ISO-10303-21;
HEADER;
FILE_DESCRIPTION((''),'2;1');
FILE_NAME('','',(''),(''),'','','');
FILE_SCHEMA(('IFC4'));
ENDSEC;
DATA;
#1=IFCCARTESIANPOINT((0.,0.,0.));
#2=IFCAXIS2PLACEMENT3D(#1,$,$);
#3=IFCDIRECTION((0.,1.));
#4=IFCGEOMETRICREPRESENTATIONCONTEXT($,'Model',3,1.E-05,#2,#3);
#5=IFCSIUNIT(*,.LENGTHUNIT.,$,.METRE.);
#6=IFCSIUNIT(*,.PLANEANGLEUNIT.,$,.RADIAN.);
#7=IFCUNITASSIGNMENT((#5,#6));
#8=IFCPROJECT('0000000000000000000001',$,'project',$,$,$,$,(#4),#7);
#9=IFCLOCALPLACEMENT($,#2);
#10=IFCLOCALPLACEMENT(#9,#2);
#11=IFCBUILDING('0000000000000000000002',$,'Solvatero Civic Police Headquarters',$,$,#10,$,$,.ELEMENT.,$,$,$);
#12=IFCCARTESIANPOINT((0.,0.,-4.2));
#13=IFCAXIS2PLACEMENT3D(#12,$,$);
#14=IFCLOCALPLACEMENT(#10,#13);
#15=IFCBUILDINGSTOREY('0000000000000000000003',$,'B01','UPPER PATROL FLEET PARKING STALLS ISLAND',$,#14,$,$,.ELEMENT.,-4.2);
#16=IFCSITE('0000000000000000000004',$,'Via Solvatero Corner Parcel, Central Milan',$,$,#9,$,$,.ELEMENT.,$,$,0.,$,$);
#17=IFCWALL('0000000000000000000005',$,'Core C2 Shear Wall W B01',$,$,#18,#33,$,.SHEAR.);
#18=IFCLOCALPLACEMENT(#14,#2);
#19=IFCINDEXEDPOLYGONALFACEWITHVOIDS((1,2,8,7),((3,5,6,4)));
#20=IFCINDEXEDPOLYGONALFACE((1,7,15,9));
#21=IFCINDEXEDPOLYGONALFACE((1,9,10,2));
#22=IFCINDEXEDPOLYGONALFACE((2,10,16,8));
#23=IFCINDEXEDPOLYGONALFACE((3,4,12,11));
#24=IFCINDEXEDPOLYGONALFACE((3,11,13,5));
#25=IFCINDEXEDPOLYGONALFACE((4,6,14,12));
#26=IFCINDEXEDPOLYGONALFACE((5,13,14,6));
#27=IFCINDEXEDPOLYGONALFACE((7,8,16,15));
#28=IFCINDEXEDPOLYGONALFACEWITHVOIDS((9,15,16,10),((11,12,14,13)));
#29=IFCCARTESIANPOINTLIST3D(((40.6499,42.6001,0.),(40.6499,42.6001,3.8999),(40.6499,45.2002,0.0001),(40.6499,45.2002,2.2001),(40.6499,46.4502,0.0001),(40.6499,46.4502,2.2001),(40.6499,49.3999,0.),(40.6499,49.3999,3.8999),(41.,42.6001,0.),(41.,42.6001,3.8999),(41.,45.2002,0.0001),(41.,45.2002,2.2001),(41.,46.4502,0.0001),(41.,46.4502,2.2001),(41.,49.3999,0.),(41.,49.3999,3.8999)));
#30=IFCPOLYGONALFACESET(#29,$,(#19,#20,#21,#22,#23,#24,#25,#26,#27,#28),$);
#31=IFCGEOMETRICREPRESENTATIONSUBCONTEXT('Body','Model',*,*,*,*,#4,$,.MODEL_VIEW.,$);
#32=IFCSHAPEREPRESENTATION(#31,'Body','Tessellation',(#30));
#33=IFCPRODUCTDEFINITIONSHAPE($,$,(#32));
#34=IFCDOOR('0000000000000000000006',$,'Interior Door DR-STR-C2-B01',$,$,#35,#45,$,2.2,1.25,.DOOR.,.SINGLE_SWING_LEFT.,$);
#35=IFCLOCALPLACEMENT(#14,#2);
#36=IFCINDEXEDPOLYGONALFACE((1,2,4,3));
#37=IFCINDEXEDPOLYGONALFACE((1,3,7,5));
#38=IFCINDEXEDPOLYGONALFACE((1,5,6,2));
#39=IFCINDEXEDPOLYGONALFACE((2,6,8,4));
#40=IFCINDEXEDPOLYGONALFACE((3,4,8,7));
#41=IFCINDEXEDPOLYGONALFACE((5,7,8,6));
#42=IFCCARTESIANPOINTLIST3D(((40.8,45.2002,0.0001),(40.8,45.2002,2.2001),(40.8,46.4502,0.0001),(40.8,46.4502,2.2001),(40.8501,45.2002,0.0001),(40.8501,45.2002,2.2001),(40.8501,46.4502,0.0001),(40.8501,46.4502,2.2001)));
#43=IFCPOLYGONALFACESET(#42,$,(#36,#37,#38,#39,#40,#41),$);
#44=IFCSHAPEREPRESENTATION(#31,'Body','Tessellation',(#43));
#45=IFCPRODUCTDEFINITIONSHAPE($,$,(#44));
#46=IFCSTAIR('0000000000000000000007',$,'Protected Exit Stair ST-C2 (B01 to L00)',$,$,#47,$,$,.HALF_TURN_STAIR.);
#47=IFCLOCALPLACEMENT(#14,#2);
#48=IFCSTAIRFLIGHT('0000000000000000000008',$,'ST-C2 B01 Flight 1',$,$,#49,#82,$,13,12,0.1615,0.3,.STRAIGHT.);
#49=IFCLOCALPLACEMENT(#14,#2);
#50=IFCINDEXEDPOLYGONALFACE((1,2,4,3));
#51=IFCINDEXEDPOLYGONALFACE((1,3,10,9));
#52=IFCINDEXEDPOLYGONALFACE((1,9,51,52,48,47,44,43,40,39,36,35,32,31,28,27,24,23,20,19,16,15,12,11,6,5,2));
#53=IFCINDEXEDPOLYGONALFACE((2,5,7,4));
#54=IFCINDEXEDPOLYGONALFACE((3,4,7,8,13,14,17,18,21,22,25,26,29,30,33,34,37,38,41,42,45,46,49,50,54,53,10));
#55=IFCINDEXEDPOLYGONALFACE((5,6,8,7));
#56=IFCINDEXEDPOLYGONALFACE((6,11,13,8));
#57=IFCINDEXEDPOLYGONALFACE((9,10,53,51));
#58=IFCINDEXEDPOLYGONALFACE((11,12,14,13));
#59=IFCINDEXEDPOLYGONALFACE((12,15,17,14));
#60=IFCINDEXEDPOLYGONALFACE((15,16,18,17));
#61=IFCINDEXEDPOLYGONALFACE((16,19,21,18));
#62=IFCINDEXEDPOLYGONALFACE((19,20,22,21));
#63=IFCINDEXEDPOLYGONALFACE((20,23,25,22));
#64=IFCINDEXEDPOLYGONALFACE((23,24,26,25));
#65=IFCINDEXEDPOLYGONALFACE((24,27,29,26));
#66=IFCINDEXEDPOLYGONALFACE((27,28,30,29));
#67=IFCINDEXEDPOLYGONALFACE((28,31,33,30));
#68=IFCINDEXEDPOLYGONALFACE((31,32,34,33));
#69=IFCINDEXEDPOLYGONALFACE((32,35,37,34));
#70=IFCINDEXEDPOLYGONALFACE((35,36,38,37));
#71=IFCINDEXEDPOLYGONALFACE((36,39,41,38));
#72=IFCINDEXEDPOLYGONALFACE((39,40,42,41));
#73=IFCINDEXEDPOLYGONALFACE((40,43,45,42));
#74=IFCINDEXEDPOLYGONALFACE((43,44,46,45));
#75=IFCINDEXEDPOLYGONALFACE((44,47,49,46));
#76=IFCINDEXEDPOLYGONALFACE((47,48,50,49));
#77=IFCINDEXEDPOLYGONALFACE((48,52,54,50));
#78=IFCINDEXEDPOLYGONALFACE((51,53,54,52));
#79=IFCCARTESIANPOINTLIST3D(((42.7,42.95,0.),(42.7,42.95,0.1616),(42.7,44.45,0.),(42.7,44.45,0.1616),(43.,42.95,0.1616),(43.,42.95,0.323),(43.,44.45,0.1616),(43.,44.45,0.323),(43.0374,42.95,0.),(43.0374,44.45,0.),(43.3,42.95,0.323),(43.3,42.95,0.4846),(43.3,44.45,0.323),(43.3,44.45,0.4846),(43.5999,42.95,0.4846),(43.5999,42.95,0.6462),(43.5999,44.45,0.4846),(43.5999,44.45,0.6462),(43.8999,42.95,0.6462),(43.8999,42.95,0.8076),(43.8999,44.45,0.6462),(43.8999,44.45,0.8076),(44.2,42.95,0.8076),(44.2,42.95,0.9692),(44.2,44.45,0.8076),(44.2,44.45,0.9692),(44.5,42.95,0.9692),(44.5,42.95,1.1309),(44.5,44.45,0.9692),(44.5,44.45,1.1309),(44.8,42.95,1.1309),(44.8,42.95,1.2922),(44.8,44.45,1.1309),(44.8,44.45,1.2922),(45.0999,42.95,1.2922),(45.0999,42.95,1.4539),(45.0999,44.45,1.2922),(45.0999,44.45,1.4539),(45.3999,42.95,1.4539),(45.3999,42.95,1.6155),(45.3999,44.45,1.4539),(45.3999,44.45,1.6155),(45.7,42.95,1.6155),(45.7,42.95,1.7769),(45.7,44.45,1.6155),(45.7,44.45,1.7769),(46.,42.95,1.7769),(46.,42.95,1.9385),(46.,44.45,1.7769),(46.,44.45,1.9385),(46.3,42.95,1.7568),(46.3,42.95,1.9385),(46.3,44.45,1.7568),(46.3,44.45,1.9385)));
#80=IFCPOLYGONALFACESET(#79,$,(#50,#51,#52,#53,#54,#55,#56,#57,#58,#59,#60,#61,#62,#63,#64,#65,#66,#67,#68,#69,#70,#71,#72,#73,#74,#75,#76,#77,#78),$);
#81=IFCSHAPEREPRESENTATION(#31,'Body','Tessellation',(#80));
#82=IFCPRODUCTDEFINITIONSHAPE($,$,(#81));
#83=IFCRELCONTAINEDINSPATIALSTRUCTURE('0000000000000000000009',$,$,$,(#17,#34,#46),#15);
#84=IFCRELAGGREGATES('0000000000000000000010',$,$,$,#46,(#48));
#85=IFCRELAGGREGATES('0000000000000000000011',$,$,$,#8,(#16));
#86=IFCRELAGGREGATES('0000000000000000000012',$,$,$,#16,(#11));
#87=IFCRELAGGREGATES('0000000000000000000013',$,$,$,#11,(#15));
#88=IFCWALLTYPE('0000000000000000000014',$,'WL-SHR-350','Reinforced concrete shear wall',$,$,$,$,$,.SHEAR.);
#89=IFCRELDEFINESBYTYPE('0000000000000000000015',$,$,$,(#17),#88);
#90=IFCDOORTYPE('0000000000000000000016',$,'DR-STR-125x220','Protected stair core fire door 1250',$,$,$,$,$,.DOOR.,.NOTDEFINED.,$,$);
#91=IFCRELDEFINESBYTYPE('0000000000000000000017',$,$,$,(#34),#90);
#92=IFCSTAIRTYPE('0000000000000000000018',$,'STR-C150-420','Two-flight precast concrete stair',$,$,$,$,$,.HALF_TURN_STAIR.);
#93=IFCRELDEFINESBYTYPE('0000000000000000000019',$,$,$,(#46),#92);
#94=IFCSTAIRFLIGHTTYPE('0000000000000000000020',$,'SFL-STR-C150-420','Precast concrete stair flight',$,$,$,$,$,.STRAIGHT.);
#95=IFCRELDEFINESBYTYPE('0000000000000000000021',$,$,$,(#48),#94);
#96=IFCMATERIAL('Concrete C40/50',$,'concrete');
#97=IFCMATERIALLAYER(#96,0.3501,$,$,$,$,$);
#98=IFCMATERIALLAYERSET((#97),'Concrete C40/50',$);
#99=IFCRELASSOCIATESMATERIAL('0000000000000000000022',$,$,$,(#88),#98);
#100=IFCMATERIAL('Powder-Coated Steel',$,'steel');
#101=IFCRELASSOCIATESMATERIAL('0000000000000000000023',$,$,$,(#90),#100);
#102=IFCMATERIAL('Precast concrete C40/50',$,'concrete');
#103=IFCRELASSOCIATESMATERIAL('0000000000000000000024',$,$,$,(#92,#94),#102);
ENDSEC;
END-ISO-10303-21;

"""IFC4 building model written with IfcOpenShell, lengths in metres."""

from ifc_helpers import new_model, si_unit, direction, frame, frame_2d, origin, place, context, subcontext, project, spatial, polyline, rectangle, outline, extrude, material, layer, layer_set, type_object, element, fill, aggregate, save


model = new_model("IFC4")

# Units and contexts
model_context = context("Model", 3, precision=1e-05, world=origin(), true_north=direction((0.0, 1.0)))
body_context = subcontext(model_context, "Body", "Model", "MODEL_VIEW")
ifc_project = project(units=[si_unit("LENGTHUNIT", "METRE"), si_unit("PLANEANGLEUNIT", "RADIAN")], contexts=[model_context])

# Site, building, storey
site_placement = place(None, origin())
site = spatial("IfcSite", under=ifc_project, at=site_placement, Name="Via Solvatero Corner Parcel, Central Milan", CompositionType="ELEMENT", RefElevation=0.0)
building_placement = place(site_placement, origin())
building = spatial("IfcBuilding", under=site, at=building_placement, Name="Solvatero Civic Police Headquarters", CompositionType="ELEMENT")
storey_placement = place(building_placement, frame((0.0, 0.0, -4.2)))
storey = spatial("IfcBuildingStorey", under=building, at=storey_placement, Name="B01", Description="UPPER PATROL FLEET PARKING STALLS ISLAND", CompositionType="ELEMENT", Elevation=-4.2)

# Shared definitions
ifc_material_1 = material(Name="Concrete C40/50", Category="concrete")

# Shared definitions
ifc_layer_1 = layer(ifc_material_1, 0.3501)
ifc_layer_set_1 = layer_set([ifc_layer_1], Name="Concrete C40/50")
wall_type_1 = type_object("IfcWallType", Name="WL-SHR-350", Description="Reinforced concrete shear wall", PredefinedType="SHEAR", material=ifc_layer_set_1)

# Wall, opening, door
wall_1_placement = place(storey_placement, frame((40.825, 42.6001, 0.0), z_axis=(0.0, 0.0, 1.0), x_axis=(0.0, 1.0, 0.0)))
wall_1 = element("IfcWall", 1, at=wall_1_placement, inside=storey, type_object=wall_type_1, Name="Core C2 Shear Wall W B01", PredefinedType="SHEAR", context=body_context, shape_type="SweptSolid", body=[
    extrude(rectangle(XDim=6.7998, YDim=0.3501, at=frame_2d((3.3999, 0.0))), origin(), (0.0, 0.0, 1.0), 3.8999),
])
opening_1_placement = place(wall_1_placement, frame((2.6001, 0.0, 0.0)))
opening_1 = element("IfcOpeningElement", 2, at=opening_1_placement, cuts=wall_1, PredefinedType="OPENING", context=body_context, shape_type="SweptSolid", body=[
    extrude(rectangle(XDim=1.25, YDim=2.2, at=frame_2d((0.625, 1.1001))), frame((0.0, 0.1851, 0.0), z_axis=(0.0, -1.0, 0.0), x_axis=(1.0, 0.0, 0.0)), (0.0, 0.0, 1.0), 0.3701),
])
ifc_material_2 = material(Name="Powder-Coated Steel", Category="steel")
door_type_1 = type_object("IfcDoorType", Name="DR-STR-125x220", Description="Protected stair core fire door 1250", OperationType="NOTDEFINED", PredefinedType="DOOR", material=ifc_material_2)
door_1_placement = place(opening_1_placement, origin())
door_1 = element("IfcDoor", 3, at=door_1_placement, inside=storey, type_object=door_type_1, Name="Interior Door DR-STR-C2-B01", OperationType="SINGLE_SWING_LEFT", OverallHeight=2.2, OverallWidth=1.25, PredefinedType="DOOR", context=body_context, shape_type="SweptSolid", body=[
    extrude(rectangle(XDim=1.25, YDim=2.2, at=frame_2d((0.625, 1.1001))), frame((0.0, 0.0249, 0.0), z_axis=(0.0, -1.0, 0.0), x_axis=(1.0, 0.0, 0.0)), (0.0, 0.0, 1.0), 0.05),
])
fill(opening_1, door_1)

# Stair, stair flight
ifc_material_3 = material(Name="Precast concrete C40/50", Category="concrete")
stair_type = type_object("IfcStairType", Name="STR-C150-420", Description="Two-flight precast concrete stair", PredefinedType="HALF_TURN_STAIR", material=ifc_material_3)
stair_placement = place(storey_placement, origin())
stair = element("IfcStair", 4, at=stair_placement, inside=storey, type_object=stair_type, Name="Protected Exit Stair ST-C2 (B01 to L00)", PredefinedType="HALF_TURN_STAIR")
stair_flight_type = type_object("IfcStairFlightType", Name="SFL-STR-C150-420", Description="Precast concrete stair flight", PredefinedType="STRAIGHT", material=ifc_material_3)
stair_flight_placement = place(storey_placement, frame((42.7, 43.7, 0.0), z_axis=(0.0, 0.0, 1.0), x_axis=(1.0, 0.0, 0.0)))
stair_flight = element("IfcStairFlight", 5, at=stair_flight_placement, type_object=stair_flight_type, Name="ST-C2 B01 Flight 1", NumberOfRisers=13, NumberOfTreads=12, PredefinedType="STRAIGHT", RiserHeight=0.1615, TreadLength=0.3, context=body_context, shape_type="SweptSolid", body=[
    extrude(outline(polyline([(0.0, 0.0), (0.0, 0.1616), (0.3, 0.1616), (0.3, 0.323), (0.6001, 0.323), (0.6001, 0.4846), (0.8999, 0.4846), (0.8999, 0.6462), (1.2, 0.6462), (1.2, 0.8076), (1.5, 0.8076), (1.5, 0.9692), (1.8, 0.9692), (1.8, 1.1309), (2.1001, 1.1309), (2.1001, 1.2922), (2.3999, 1.2922), (2.3999, 1.4539), (2.7, 1.4539), (2.7, 1.6155), (3.0, 1.6155), (3.0, 1.7769), (3.3, 1.7769), (3.3, 1.9385), (3.6001, 1.9385), (3.6001, 2.1001), (3.6001, 1.7568), (0.3374, 0.0), (0.0, 0.0)])), frame((0.0, 0.75, 0.0), z_axis=(0.0, -1.0, 0.0), x_axis=(1.0, 0.0, 0.0)), (0.0, 0.0, 1.0), 1.5),
])
aggregate(stair, [stair_flight])

save(model, "model.ifc")
